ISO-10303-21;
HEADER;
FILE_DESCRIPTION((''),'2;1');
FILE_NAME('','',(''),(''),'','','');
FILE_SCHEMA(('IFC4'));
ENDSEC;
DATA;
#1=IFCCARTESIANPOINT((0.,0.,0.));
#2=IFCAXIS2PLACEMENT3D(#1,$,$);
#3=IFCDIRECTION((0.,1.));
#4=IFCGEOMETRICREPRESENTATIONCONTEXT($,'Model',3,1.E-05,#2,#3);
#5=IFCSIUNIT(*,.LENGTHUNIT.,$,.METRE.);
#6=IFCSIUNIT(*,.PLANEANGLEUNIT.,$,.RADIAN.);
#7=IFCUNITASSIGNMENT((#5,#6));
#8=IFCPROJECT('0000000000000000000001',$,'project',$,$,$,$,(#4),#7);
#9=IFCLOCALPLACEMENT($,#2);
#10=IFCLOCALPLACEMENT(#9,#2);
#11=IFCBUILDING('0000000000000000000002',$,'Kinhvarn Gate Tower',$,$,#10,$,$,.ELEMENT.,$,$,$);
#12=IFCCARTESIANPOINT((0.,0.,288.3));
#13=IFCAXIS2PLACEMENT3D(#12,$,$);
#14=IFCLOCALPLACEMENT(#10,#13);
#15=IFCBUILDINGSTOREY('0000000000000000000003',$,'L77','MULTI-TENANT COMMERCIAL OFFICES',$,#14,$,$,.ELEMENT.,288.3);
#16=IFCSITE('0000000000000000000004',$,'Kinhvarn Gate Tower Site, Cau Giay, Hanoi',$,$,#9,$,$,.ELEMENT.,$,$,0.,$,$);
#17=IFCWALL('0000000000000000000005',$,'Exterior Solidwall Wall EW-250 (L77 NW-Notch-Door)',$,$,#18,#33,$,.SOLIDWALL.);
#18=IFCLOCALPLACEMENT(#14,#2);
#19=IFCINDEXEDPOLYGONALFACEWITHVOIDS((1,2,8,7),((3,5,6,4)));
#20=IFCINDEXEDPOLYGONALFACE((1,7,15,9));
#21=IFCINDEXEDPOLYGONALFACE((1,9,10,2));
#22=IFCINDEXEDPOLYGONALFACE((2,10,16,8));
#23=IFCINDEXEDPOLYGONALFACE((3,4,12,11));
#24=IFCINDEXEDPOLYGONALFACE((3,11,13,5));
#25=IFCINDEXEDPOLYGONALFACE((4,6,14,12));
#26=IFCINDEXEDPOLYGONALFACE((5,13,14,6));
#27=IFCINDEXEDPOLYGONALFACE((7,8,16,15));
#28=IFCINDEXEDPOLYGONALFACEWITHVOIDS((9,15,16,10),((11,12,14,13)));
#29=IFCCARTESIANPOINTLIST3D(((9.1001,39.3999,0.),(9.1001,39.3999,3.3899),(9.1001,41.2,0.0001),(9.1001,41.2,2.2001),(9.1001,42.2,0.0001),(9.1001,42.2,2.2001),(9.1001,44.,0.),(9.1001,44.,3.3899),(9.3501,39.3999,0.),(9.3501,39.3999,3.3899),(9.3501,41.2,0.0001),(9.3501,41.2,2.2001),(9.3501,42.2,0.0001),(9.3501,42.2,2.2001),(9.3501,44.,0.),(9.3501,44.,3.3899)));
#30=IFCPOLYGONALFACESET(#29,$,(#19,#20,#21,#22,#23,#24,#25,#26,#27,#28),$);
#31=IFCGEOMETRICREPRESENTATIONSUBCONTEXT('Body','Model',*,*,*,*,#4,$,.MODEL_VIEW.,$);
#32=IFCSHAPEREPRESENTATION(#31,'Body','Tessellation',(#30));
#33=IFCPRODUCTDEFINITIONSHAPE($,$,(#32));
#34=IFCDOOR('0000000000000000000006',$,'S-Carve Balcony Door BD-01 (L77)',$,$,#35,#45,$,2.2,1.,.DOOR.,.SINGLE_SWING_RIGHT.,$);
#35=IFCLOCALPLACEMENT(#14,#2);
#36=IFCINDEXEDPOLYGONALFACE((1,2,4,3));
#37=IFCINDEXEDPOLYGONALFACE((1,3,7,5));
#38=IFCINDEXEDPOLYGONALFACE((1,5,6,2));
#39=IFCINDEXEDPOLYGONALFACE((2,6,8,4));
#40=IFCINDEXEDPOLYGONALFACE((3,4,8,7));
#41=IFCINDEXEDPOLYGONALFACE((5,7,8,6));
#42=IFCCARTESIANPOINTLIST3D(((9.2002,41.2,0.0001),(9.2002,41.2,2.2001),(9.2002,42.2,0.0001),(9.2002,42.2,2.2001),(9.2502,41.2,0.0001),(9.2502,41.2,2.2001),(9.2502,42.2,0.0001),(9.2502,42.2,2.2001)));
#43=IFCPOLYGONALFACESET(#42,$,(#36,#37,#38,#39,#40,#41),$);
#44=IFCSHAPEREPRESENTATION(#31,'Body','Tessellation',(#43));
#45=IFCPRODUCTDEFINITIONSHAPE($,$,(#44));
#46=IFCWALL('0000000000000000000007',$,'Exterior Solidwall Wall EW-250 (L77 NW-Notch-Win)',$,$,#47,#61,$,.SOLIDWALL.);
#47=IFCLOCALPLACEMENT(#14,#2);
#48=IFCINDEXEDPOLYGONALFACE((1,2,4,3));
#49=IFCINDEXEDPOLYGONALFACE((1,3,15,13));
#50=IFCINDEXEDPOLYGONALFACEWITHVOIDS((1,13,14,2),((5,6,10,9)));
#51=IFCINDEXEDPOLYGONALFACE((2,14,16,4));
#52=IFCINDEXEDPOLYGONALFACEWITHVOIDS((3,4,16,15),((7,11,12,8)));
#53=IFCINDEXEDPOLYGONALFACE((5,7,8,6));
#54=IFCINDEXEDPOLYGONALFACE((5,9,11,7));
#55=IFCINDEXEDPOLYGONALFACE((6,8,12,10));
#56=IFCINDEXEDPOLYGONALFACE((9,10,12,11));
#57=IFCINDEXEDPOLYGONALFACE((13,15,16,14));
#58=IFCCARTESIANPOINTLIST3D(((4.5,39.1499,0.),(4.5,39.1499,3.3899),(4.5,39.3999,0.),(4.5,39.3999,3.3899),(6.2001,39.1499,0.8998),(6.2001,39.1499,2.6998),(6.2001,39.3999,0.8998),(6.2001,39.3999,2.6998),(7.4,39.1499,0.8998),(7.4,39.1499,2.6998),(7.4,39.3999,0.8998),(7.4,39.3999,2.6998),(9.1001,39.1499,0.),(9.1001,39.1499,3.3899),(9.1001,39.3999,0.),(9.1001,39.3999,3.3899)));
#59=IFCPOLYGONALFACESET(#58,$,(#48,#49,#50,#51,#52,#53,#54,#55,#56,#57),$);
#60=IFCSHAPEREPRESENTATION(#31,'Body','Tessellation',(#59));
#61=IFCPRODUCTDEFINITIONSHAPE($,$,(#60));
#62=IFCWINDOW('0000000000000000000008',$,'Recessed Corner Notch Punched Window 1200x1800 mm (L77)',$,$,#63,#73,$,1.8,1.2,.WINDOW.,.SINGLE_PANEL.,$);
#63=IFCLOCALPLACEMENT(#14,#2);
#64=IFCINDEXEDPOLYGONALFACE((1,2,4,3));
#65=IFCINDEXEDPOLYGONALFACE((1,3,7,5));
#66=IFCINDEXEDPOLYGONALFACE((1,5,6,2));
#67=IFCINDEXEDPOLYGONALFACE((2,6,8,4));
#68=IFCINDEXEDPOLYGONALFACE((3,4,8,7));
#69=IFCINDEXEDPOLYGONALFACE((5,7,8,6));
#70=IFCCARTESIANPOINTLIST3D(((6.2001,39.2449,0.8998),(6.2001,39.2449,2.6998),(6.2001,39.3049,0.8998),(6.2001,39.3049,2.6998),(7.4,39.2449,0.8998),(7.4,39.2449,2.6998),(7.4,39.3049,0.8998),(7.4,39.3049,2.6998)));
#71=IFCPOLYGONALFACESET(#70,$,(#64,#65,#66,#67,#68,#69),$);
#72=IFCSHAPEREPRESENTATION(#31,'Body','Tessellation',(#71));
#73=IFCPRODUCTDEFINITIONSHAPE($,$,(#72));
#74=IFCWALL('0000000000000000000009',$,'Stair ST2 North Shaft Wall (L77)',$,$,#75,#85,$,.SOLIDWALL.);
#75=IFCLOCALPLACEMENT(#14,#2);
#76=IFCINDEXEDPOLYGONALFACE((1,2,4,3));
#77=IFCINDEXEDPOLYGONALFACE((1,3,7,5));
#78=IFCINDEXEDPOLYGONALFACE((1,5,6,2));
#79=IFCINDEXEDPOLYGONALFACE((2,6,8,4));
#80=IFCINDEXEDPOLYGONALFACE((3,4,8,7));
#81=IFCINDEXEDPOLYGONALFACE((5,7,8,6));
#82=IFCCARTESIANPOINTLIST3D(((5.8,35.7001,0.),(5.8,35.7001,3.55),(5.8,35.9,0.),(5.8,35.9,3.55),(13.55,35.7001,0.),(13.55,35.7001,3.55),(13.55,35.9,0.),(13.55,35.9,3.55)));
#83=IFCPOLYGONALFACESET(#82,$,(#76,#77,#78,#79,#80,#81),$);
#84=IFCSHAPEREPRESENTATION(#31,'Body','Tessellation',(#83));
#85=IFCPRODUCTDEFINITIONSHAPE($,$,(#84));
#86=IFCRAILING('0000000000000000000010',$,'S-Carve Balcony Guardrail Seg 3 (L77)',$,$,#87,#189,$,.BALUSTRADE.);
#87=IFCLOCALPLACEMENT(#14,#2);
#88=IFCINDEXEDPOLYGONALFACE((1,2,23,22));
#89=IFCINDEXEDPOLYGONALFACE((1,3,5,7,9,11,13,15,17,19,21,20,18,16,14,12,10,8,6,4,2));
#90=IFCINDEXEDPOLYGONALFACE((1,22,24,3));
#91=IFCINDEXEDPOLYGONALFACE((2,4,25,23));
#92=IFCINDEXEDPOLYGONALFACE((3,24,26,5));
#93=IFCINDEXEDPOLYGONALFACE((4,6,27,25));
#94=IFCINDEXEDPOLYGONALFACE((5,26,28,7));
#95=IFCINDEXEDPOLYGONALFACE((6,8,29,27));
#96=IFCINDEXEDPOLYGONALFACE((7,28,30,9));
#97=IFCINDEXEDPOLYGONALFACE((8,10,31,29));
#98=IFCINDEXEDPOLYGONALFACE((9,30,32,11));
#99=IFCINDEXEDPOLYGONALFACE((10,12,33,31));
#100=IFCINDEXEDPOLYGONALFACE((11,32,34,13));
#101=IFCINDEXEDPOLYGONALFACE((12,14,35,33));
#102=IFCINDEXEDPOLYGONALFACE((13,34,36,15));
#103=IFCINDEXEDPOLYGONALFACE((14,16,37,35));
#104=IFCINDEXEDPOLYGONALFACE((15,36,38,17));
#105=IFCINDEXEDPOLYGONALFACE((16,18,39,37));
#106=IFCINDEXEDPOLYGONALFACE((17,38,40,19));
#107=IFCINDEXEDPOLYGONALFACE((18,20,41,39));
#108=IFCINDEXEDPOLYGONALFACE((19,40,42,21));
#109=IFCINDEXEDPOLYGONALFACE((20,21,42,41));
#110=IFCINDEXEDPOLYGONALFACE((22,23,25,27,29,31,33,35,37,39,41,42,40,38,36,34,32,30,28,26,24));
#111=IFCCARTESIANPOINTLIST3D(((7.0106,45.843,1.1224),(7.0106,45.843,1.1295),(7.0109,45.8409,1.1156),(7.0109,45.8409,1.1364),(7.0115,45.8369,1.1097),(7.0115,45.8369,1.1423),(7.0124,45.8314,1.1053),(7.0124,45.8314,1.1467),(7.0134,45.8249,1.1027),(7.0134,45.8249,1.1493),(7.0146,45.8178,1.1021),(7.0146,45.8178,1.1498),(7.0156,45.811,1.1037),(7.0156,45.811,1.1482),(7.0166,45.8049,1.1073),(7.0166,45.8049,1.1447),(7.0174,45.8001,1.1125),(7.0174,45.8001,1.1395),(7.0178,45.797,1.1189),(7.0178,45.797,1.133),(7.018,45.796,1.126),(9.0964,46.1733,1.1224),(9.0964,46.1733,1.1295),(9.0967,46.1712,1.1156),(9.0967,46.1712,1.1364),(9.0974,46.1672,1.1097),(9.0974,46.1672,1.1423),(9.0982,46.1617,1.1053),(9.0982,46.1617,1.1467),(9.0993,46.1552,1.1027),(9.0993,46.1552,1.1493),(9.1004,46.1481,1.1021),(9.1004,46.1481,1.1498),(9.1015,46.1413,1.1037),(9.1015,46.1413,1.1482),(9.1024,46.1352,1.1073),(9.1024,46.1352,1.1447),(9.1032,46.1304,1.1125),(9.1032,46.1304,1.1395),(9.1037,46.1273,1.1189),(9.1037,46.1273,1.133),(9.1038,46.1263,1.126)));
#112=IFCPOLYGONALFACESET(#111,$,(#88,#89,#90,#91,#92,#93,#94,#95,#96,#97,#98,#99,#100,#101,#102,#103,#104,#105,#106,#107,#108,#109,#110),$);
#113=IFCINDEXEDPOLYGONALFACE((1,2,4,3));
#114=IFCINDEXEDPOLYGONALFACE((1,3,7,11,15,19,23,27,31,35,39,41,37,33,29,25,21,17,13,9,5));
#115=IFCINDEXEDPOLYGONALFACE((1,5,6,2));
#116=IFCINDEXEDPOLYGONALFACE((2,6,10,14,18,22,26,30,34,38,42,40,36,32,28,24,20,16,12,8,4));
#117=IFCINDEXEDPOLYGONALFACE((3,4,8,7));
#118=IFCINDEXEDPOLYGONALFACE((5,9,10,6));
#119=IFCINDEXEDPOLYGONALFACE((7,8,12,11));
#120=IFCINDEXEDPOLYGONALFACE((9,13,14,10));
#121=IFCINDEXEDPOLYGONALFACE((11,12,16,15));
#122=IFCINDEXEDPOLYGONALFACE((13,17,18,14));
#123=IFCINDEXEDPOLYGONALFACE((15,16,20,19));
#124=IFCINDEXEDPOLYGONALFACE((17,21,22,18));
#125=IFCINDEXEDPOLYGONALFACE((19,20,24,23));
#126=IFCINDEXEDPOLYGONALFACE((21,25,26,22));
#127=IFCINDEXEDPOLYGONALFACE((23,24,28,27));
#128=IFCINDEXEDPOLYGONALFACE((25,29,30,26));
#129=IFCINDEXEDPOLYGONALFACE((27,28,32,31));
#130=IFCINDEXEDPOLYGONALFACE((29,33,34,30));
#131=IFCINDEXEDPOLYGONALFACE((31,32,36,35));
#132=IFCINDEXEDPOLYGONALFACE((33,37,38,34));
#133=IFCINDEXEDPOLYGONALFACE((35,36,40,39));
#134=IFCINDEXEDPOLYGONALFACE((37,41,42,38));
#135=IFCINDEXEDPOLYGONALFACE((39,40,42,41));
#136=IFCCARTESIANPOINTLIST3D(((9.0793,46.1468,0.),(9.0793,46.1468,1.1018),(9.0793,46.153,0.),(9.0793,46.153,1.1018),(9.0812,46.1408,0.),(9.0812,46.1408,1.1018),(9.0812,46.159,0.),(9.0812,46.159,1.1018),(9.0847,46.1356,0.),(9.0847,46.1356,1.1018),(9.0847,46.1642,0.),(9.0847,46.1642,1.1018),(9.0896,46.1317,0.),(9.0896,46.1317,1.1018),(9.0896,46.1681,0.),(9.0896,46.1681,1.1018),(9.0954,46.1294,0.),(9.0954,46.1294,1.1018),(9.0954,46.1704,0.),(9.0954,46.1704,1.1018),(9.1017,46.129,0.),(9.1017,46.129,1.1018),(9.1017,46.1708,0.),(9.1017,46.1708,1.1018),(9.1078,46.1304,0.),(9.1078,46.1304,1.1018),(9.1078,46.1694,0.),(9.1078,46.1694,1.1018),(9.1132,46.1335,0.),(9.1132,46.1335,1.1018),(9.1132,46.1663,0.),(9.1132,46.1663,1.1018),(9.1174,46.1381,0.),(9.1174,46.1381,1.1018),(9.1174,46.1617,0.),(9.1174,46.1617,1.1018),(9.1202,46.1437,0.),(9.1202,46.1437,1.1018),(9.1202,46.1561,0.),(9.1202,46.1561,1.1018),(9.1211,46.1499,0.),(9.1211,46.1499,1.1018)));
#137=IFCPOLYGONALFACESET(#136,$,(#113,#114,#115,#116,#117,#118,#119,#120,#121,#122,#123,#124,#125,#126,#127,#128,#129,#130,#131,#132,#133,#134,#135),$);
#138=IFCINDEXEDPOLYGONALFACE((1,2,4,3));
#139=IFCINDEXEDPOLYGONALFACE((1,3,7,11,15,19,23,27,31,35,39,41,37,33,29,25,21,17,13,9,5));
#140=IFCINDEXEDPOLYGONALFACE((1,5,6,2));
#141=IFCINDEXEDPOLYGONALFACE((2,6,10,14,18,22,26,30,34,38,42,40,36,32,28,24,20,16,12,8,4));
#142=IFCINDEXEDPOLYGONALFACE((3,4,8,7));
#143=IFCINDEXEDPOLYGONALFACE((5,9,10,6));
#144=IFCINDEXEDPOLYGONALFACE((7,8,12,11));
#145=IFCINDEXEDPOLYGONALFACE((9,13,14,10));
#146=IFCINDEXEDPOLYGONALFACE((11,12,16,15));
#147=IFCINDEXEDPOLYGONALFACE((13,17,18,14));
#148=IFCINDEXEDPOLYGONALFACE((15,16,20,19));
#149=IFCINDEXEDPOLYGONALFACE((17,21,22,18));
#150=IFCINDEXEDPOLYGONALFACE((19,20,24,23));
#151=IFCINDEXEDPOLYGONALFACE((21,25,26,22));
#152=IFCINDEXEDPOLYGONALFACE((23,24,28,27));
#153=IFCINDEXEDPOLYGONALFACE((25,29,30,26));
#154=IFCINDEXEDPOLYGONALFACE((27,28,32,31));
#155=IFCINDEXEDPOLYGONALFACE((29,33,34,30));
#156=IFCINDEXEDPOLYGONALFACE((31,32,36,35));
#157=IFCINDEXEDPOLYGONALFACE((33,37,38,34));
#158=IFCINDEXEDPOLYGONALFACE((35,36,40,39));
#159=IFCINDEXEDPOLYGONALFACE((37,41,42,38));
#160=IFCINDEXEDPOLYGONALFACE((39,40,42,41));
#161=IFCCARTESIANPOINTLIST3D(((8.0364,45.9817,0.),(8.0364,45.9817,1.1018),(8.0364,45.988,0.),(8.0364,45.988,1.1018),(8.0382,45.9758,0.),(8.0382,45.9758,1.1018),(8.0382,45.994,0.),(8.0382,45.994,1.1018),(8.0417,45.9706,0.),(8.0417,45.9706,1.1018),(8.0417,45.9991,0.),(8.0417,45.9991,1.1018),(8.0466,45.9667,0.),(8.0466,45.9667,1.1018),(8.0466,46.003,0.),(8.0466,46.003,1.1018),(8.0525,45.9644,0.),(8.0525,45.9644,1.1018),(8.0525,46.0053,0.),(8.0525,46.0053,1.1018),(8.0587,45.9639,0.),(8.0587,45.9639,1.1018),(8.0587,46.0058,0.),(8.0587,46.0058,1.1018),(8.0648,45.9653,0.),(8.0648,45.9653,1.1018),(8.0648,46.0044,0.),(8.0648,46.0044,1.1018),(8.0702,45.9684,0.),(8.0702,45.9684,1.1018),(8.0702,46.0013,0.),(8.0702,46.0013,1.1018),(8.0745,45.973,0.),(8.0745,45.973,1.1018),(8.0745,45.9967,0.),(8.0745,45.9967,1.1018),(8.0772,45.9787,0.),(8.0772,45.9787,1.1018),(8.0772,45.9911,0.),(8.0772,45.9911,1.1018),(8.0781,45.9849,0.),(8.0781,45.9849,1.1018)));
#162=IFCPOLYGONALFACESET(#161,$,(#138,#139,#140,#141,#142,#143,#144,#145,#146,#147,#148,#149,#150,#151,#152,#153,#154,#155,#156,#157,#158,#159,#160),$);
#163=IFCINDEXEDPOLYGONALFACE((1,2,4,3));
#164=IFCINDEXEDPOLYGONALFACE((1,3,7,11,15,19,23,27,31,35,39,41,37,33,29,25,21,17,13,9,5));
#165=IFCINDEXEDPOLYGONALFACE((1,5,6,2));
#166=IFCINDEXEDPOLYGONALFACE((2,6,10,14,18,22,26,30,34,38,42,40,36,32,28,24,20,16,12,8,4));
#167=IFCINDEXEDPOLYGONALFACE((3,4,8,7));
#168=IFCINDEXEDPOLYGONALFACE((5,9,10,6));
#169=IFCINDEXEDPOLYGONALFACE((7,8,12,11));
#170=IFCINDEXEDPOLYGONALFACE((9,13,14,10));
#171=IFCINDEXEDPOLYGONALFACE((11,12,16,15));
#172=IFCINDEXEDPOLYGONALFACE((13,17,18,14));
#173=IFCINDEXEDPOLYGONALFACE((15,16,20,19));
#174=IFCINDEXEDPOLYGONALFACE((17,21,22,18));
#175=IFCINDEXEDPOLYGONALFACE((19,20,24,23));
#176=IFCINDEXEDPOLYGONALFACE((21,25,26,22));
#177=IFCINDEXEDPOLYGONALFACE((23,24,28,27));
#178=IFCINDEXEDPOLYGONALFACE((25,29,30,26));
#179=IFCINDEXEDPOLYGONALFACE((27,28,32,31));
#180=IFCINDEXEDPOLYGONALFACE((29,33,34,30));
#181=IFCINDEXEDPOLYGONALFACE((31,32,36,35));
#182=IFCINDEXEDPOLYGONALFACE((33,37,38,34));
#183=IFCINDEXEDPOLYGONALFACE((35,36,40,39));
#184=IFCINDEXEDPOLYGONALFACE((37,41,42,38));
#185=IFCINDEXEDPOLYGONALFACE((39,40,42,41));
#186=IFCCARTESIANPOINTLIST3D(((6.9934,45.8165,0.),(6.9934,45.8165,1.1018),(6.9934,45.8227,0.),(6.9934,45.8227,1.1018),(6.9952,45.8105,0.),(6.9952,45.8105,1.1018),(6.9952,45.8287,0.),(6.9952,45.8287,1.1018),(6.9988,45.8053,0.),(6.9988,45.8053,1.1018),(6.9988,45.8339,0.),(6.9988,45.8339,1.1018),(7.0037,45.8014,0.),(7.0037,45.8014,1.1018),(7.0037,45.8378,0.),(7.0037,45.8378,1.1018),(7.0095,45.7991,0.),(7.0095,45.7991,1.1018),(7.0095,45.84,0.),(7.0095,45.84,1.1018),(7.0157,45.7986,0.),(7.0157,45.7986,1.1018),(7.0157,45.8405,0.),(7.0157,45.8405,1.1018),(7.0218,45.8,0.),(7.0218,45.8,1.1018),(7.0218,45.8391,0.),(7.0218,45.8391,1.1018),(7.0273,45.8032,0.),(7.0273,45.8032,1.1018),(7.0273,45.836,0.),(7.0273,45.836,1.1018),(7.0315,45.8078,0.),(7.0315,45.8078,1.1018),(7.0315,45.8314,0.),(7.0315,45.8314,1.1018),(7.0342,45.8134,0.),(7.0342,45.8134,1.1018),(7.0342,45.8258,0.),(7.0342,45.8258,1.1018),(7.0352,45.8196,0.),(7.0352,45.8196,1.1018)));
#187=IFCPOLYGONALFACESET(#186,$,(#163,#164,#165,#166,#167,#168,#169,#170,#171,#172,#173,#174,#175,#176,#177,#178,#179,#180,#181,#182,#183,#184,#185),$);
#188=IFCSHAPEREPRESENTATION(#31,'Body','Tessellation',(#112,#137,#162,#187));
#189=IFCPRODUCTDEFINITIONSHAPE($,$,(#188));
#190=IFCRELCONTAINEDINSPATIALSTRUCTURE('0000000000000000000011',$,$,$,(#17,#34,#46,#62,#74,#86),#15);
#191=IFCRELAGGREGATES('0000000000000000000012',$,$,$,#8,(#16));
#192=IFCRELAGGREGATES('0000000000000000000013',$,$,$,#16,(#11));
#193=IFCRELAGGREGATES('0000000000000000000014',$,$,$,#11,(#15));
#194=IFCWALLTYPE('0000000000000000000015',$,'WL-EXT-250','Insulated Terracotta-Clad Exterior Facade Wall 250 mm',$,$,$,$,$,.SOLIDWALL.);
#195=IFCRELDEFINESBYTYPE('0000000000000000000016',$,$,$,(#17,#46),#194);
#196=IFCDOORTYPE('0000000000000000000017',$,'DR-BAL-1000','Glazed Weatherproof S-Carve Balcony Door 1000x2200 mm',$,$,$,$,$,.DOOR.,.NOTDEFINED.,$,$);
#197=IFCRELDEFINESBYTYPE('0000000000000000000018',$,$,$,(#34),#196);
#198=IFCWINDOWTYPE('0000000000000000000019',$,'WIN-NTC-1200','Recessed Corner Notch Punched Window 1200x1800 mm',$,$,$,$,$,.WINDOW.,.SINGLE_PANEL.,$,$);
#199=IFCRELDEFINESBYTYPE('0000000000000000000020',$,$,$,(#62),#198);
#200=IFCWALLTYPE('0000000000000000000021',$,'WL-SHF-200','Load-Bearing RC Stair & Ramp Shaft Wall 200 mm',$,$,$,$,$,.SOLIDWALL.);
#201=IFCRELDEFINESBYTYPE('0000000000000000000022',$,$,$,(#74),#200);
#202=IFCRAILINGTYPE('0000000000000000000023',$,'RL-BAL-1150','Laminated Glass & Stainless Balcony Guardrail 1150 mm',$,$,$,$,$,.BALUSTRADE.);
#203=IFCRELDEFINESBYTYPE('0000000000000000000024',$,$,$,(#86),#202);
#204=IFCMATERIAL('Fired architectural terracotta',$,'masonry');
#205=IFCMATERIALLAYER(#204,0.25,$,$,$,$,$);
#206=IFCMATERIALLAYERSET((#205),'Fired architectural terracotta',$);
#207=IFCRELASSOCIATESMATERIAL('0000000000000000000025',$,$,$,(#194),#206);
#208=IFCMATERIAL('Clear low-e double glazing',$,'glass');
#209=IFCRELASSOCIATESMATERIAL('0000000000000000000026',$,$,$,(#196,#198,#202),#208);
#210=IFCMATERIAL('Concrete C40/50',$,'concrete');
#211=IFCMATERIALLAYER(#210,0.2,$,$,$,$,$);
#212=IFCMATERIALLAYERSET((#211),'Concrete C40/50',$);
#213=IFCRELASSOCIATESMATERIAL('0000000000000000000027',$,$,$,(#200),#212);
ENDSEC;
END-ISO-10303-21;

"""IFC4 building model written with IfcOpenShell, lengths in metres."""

from ifc_helpers import new_model, si_unit, direction, frame, frame_2d, origin, origin_2d, place, context, subcontext, project, spatial, rectangle, circle, extrude, material, layer, layer_set, type_object, element, fill, save


model = new_model("IFC4")

# Units and contexts
model_context = context("Model", 3, precision=1e-05, world=origin(), true_north=direction((0.0, 1.0)))
body_context = subcontext(model_context, "Body", "Model", "MODEL_VIEW")
ifc_project = project(units=[si_unit("LENGTHUNIT", "METRE"), si_unit("PLANEANGLEUNIT", "RADIAN")], contexts=[model_context])

# Site, building, storey
site_placement = place(None, origin())
site = spatial("IfcSite", under=ifc_project, at=site_placement, Name="Kinhvarn Gate Tower Site, Cau Giay, Hanoi", CompositionType="ELEMENT", RefElevation=0.0)
building_placement = place(site_placement, origin())
building = spatial("IfcBuilding", under=site, at=building_placement, Name="Kinhvarn Gate Tower", CompositionType="ELEMENT")
storey_placement = place(building_placement, frame((0.0, 0.0, 288.3)))
storey = spatial("IfcBuildingStorey", under=building, at=storey_placement, Name="L77", Description="MULTI-TENANT COMMERCIAL OFFICES", CompositionType="ELEMENT", Elevation=288.3)

# Shared definitions
ifc_material_1 = material(Name="Fired architectural terracotta", Category="masonry")
ifc_layer_1 = layer(ifc_material_1, 0.25)
ifc_layer_set_1 = layer_set([ifc_layer_1], Name="Fired architectural terracotta")
wall_type_1 = type_object("IfcWallType", Name="WL-EXT-250", Description="Insulated Terracotta-Clad Exterior Facade Wall 250 mm", PredefinedType="SOLIDWALL", material=ifc_layer_set_1)

# Wall, opening, door
wall_1_placement = place(storey_placement, frame((9.2251, 44.0, 0.0), z_axis=(0.0, 0.0, 1.0), x_axis=(0.0, -1.0, 0.0)))
wall_1 = element("IfcWall", 1, at=wall_1_placement, inside=storey, type_object=wall_type_1, Name="Exterior Solidwall Wall EW-250 (L77 NW-Notch-Door)", PredefinedType="SOLIDWALL", context=body_context, shape_type="SweptSolid", body=[
    extrude(rectangle(XDim=4.6001, YDim=0.25, at=frame_2d((2.3, 0.0))), origin(), (0.0, 0.0, 1.0), 3.3899),
])
opening_1_placement = place(wall_1_placement, frame((1.8, 0.0, 0.0)))
opening_1 = element("IfcOpeningElement", 2, at=opening_1_placement, cuts=wall_1, PredefinedType="OPENING", context=body_context, shape_type="SweptSolid", body=[
    extrude(rectangle(XDim=1.0, YDim=2.2, at=frame_2d((0.5, 1.1001))), frame((0.0, 0.135, 0.0), z_axis=(0.0, -1.0, 0.0), x_axis=(1.0, 0.0, 0.0)), (0.0, 0.0, 1.0), 0.27),
])
ifc_material_2 = material(Name="Clear low-e double glazing", Category="glass")
door_type = type_object("IfcDoorType", Name="DR-BAL-1000", Description="Glazed Weatherproof S-Carve Balcony Door 1000x2200 mm", OperationType="NOTDEFINED", PredefinedType="DOOR", material=ifc_material_2)
door_placement = place(opening_1_placement, frame((1.0, 0.0, 0.0), z_axis=(0.0, 0.0, 1.0), x_axis=(-1.0, 0.0, 0.0)))
door = element("IfcDoor", 3, at=door_placement, inside=storey, type_object=door_type, Name="S-Carve Balcony Door BD-01 (L77)", OperationType="SINGLE_SWING_RIGHT", OverallHeight=2.2, OverallWidth=1.0, PredefinedType="DOOR", context=body_context, shape_type="SweptSolid", body=[
    extrude(rectangle(XDim=1.0, YDim=2.2, at=frame_2d((0.5, 1.1001))), frame((0.0, 0.0249, 0.0), z_axis=(0.0, -1.0, 0.0), x_axis=(1.0, 0.0, 0.0)), (0.0, 0.0, 1.0), 0.05),
])
fill(opening_1, door)

# Wall, opening, window
wall_2_placement = place(storey_placement, frame((9.1001, 39.2749, 0.0), z_axis=(0.0, 0.0, 1.0), x_axis=(-1.0, 0.0, 0.0)))
wall_2 = element("IfcWall", 4, at=wall_2_placement, inside=storey, type_object=wall_type_1, Name="Exterior Solidwall Wall EW-250 (L77 NW-Notch-Win)", PredefinedType="SOLIDWALL", context=body_context, shape_type="SweptSolid", body=[
    extrude(rectangle(XDim=4.6001, YDim=0.25, at=frame_2d((2.3, 0.0))), origin(), (0.0, 0.0, 1.0), 3.3899),
])
opening_2_placement = place(wall_2_placement, frame((1.7, 0.0, 0.8999)))
opening_2 = element("IfcOpeningElement", 5, at=opening_2_placement, cuts=wall_2, PredefinedType="OPENING", context=body_context, shape_type="SweptSolid", body=[
    extrude(rectangle(XDim=1.2, YDim=1.8, at=frame_2d((0.6001, 0.8999))), frame((0.0, 0.135, 0.0), z_axis=(0.0, -1.0, 0.0), x_axis=(1.0, 0.0, 0.0)), (0.0, 0.0, 1.0), 0.27),
])
window_type = type_object("IfcWindowType", Name="WIN-NTC-1200", Description="Recessed Corner Notch Punched Window 1200x1800 mm", PartitioningType="SINGLE_PANEL", PredefinedType="WINDOW", material=ifc_material_2)
window_placement = place(opening_2_placement, origin())
window = element("IfcWindow", 6, at=window_placement, inside=storey, type_object=window_type, Name="Recessed Corner Notch Punched Window 1200x1800 mm (L77)", OverallHeight=1.8, OverallWidth=1.2, PartitioningType="SINGLE_PANEL", PredefinedType="WINDOW", context=body_context, shape_type="SweptSolid", body=[
    extrude(rectangle(XDim=1.2, YDim=1.8, at=frame_2d((0.6001, 0.8999))), frame((0.0, 0.03, 0.0), z_axis=(0.0, -1.0, 0.0), x_axis=(1.0, 0.0, 0.0)), (0.0, 0.0, 1.0), 0.0601),
])
fill(opening_2, window)

# Wall
ifc_material_3 = material(Name="Concrete C40/50", Category="concrete")
ifc_layer_2 = layer(ifc_material_3, 0.2)
ifc_layer_set_2 = layer_set([ifc_layer_2], Name="Concrete C40/50")
wall_type_2 = type_object("IfcWallType", Name="WL-SHF-200", Description="Load-Bearing RC Stair & Ramp Shaft Wall 200 mm", PredefinedType="SOLIDWALL", material=ifc_layer_set_2)
wall_3_placement = place(storey_placement, frame((5.8, 35.8, 0.0), z_axis=(0.0, 0.0, 1.0), x_axis=(1.0, 0.0, 0.0)))
element("IfcWall", 7, at=wall_3_placement, inside=storey, type_object=wall_type_2, Name="Stair ST2 North Shaft Wall (L77)", PredefinedType="SOLIDWALL", context=body_context, shape_type="SweptSolid", body=[
    extrude(rectangle(XDim=7.75, YDim=0.2, at=frame_2d((3.875, 0.0))), origin(), (0.0, 0.0, 1.0), 3.55),
])

# Railing
railing_type = type_object("IfcRailingType", Name="RL-BAL-1150", Description="Laminated Glass & Stainless Balcony Guardrail 1150 mm", PredefinedType="BALUSTRADE", material=ifc_material_2)
railing_1_placement = place(storey_placement, frame((9.1001, 46.1499, 0.0)))
element("IfcRailing", 8, at=railing_1_placement, inside=storey, type_object=railing_type, Name="S-Carve Balcony Guardrail Seg 3 (L77)", PredefinedType="BALUSTRADE", context=body_context, shape_type="SweptSolid", body=[
    extrude(circle(Radius=0.0239, at=origin_2d()), frame((0.0, 0.0, 1.126), z_axis=(-0.987693, -0.156408, 0.0), x_axis=(0.156408, -0.987693, 0.0)), (0.0, 0.0, 1.0), 2.1118),
    extrude(circle(Radius=0.021, at=origin_2d()), origin(), (0.0, 0.0, 1.0), 1.1018),
    extrude(circle(Radius=0.021, at=origin_2d()), frame((-1.043, -0.165, 0.0)), (0.0, 0.0, 1.0), 1.1018),
    extrude(circle(Radius=0.021, at=origin_2d()), frame((-2.0859, -0.3303, 0.0)), (0.0, 0.0, 1.0), 1.1018),
])

save(model, "model.ifc")
